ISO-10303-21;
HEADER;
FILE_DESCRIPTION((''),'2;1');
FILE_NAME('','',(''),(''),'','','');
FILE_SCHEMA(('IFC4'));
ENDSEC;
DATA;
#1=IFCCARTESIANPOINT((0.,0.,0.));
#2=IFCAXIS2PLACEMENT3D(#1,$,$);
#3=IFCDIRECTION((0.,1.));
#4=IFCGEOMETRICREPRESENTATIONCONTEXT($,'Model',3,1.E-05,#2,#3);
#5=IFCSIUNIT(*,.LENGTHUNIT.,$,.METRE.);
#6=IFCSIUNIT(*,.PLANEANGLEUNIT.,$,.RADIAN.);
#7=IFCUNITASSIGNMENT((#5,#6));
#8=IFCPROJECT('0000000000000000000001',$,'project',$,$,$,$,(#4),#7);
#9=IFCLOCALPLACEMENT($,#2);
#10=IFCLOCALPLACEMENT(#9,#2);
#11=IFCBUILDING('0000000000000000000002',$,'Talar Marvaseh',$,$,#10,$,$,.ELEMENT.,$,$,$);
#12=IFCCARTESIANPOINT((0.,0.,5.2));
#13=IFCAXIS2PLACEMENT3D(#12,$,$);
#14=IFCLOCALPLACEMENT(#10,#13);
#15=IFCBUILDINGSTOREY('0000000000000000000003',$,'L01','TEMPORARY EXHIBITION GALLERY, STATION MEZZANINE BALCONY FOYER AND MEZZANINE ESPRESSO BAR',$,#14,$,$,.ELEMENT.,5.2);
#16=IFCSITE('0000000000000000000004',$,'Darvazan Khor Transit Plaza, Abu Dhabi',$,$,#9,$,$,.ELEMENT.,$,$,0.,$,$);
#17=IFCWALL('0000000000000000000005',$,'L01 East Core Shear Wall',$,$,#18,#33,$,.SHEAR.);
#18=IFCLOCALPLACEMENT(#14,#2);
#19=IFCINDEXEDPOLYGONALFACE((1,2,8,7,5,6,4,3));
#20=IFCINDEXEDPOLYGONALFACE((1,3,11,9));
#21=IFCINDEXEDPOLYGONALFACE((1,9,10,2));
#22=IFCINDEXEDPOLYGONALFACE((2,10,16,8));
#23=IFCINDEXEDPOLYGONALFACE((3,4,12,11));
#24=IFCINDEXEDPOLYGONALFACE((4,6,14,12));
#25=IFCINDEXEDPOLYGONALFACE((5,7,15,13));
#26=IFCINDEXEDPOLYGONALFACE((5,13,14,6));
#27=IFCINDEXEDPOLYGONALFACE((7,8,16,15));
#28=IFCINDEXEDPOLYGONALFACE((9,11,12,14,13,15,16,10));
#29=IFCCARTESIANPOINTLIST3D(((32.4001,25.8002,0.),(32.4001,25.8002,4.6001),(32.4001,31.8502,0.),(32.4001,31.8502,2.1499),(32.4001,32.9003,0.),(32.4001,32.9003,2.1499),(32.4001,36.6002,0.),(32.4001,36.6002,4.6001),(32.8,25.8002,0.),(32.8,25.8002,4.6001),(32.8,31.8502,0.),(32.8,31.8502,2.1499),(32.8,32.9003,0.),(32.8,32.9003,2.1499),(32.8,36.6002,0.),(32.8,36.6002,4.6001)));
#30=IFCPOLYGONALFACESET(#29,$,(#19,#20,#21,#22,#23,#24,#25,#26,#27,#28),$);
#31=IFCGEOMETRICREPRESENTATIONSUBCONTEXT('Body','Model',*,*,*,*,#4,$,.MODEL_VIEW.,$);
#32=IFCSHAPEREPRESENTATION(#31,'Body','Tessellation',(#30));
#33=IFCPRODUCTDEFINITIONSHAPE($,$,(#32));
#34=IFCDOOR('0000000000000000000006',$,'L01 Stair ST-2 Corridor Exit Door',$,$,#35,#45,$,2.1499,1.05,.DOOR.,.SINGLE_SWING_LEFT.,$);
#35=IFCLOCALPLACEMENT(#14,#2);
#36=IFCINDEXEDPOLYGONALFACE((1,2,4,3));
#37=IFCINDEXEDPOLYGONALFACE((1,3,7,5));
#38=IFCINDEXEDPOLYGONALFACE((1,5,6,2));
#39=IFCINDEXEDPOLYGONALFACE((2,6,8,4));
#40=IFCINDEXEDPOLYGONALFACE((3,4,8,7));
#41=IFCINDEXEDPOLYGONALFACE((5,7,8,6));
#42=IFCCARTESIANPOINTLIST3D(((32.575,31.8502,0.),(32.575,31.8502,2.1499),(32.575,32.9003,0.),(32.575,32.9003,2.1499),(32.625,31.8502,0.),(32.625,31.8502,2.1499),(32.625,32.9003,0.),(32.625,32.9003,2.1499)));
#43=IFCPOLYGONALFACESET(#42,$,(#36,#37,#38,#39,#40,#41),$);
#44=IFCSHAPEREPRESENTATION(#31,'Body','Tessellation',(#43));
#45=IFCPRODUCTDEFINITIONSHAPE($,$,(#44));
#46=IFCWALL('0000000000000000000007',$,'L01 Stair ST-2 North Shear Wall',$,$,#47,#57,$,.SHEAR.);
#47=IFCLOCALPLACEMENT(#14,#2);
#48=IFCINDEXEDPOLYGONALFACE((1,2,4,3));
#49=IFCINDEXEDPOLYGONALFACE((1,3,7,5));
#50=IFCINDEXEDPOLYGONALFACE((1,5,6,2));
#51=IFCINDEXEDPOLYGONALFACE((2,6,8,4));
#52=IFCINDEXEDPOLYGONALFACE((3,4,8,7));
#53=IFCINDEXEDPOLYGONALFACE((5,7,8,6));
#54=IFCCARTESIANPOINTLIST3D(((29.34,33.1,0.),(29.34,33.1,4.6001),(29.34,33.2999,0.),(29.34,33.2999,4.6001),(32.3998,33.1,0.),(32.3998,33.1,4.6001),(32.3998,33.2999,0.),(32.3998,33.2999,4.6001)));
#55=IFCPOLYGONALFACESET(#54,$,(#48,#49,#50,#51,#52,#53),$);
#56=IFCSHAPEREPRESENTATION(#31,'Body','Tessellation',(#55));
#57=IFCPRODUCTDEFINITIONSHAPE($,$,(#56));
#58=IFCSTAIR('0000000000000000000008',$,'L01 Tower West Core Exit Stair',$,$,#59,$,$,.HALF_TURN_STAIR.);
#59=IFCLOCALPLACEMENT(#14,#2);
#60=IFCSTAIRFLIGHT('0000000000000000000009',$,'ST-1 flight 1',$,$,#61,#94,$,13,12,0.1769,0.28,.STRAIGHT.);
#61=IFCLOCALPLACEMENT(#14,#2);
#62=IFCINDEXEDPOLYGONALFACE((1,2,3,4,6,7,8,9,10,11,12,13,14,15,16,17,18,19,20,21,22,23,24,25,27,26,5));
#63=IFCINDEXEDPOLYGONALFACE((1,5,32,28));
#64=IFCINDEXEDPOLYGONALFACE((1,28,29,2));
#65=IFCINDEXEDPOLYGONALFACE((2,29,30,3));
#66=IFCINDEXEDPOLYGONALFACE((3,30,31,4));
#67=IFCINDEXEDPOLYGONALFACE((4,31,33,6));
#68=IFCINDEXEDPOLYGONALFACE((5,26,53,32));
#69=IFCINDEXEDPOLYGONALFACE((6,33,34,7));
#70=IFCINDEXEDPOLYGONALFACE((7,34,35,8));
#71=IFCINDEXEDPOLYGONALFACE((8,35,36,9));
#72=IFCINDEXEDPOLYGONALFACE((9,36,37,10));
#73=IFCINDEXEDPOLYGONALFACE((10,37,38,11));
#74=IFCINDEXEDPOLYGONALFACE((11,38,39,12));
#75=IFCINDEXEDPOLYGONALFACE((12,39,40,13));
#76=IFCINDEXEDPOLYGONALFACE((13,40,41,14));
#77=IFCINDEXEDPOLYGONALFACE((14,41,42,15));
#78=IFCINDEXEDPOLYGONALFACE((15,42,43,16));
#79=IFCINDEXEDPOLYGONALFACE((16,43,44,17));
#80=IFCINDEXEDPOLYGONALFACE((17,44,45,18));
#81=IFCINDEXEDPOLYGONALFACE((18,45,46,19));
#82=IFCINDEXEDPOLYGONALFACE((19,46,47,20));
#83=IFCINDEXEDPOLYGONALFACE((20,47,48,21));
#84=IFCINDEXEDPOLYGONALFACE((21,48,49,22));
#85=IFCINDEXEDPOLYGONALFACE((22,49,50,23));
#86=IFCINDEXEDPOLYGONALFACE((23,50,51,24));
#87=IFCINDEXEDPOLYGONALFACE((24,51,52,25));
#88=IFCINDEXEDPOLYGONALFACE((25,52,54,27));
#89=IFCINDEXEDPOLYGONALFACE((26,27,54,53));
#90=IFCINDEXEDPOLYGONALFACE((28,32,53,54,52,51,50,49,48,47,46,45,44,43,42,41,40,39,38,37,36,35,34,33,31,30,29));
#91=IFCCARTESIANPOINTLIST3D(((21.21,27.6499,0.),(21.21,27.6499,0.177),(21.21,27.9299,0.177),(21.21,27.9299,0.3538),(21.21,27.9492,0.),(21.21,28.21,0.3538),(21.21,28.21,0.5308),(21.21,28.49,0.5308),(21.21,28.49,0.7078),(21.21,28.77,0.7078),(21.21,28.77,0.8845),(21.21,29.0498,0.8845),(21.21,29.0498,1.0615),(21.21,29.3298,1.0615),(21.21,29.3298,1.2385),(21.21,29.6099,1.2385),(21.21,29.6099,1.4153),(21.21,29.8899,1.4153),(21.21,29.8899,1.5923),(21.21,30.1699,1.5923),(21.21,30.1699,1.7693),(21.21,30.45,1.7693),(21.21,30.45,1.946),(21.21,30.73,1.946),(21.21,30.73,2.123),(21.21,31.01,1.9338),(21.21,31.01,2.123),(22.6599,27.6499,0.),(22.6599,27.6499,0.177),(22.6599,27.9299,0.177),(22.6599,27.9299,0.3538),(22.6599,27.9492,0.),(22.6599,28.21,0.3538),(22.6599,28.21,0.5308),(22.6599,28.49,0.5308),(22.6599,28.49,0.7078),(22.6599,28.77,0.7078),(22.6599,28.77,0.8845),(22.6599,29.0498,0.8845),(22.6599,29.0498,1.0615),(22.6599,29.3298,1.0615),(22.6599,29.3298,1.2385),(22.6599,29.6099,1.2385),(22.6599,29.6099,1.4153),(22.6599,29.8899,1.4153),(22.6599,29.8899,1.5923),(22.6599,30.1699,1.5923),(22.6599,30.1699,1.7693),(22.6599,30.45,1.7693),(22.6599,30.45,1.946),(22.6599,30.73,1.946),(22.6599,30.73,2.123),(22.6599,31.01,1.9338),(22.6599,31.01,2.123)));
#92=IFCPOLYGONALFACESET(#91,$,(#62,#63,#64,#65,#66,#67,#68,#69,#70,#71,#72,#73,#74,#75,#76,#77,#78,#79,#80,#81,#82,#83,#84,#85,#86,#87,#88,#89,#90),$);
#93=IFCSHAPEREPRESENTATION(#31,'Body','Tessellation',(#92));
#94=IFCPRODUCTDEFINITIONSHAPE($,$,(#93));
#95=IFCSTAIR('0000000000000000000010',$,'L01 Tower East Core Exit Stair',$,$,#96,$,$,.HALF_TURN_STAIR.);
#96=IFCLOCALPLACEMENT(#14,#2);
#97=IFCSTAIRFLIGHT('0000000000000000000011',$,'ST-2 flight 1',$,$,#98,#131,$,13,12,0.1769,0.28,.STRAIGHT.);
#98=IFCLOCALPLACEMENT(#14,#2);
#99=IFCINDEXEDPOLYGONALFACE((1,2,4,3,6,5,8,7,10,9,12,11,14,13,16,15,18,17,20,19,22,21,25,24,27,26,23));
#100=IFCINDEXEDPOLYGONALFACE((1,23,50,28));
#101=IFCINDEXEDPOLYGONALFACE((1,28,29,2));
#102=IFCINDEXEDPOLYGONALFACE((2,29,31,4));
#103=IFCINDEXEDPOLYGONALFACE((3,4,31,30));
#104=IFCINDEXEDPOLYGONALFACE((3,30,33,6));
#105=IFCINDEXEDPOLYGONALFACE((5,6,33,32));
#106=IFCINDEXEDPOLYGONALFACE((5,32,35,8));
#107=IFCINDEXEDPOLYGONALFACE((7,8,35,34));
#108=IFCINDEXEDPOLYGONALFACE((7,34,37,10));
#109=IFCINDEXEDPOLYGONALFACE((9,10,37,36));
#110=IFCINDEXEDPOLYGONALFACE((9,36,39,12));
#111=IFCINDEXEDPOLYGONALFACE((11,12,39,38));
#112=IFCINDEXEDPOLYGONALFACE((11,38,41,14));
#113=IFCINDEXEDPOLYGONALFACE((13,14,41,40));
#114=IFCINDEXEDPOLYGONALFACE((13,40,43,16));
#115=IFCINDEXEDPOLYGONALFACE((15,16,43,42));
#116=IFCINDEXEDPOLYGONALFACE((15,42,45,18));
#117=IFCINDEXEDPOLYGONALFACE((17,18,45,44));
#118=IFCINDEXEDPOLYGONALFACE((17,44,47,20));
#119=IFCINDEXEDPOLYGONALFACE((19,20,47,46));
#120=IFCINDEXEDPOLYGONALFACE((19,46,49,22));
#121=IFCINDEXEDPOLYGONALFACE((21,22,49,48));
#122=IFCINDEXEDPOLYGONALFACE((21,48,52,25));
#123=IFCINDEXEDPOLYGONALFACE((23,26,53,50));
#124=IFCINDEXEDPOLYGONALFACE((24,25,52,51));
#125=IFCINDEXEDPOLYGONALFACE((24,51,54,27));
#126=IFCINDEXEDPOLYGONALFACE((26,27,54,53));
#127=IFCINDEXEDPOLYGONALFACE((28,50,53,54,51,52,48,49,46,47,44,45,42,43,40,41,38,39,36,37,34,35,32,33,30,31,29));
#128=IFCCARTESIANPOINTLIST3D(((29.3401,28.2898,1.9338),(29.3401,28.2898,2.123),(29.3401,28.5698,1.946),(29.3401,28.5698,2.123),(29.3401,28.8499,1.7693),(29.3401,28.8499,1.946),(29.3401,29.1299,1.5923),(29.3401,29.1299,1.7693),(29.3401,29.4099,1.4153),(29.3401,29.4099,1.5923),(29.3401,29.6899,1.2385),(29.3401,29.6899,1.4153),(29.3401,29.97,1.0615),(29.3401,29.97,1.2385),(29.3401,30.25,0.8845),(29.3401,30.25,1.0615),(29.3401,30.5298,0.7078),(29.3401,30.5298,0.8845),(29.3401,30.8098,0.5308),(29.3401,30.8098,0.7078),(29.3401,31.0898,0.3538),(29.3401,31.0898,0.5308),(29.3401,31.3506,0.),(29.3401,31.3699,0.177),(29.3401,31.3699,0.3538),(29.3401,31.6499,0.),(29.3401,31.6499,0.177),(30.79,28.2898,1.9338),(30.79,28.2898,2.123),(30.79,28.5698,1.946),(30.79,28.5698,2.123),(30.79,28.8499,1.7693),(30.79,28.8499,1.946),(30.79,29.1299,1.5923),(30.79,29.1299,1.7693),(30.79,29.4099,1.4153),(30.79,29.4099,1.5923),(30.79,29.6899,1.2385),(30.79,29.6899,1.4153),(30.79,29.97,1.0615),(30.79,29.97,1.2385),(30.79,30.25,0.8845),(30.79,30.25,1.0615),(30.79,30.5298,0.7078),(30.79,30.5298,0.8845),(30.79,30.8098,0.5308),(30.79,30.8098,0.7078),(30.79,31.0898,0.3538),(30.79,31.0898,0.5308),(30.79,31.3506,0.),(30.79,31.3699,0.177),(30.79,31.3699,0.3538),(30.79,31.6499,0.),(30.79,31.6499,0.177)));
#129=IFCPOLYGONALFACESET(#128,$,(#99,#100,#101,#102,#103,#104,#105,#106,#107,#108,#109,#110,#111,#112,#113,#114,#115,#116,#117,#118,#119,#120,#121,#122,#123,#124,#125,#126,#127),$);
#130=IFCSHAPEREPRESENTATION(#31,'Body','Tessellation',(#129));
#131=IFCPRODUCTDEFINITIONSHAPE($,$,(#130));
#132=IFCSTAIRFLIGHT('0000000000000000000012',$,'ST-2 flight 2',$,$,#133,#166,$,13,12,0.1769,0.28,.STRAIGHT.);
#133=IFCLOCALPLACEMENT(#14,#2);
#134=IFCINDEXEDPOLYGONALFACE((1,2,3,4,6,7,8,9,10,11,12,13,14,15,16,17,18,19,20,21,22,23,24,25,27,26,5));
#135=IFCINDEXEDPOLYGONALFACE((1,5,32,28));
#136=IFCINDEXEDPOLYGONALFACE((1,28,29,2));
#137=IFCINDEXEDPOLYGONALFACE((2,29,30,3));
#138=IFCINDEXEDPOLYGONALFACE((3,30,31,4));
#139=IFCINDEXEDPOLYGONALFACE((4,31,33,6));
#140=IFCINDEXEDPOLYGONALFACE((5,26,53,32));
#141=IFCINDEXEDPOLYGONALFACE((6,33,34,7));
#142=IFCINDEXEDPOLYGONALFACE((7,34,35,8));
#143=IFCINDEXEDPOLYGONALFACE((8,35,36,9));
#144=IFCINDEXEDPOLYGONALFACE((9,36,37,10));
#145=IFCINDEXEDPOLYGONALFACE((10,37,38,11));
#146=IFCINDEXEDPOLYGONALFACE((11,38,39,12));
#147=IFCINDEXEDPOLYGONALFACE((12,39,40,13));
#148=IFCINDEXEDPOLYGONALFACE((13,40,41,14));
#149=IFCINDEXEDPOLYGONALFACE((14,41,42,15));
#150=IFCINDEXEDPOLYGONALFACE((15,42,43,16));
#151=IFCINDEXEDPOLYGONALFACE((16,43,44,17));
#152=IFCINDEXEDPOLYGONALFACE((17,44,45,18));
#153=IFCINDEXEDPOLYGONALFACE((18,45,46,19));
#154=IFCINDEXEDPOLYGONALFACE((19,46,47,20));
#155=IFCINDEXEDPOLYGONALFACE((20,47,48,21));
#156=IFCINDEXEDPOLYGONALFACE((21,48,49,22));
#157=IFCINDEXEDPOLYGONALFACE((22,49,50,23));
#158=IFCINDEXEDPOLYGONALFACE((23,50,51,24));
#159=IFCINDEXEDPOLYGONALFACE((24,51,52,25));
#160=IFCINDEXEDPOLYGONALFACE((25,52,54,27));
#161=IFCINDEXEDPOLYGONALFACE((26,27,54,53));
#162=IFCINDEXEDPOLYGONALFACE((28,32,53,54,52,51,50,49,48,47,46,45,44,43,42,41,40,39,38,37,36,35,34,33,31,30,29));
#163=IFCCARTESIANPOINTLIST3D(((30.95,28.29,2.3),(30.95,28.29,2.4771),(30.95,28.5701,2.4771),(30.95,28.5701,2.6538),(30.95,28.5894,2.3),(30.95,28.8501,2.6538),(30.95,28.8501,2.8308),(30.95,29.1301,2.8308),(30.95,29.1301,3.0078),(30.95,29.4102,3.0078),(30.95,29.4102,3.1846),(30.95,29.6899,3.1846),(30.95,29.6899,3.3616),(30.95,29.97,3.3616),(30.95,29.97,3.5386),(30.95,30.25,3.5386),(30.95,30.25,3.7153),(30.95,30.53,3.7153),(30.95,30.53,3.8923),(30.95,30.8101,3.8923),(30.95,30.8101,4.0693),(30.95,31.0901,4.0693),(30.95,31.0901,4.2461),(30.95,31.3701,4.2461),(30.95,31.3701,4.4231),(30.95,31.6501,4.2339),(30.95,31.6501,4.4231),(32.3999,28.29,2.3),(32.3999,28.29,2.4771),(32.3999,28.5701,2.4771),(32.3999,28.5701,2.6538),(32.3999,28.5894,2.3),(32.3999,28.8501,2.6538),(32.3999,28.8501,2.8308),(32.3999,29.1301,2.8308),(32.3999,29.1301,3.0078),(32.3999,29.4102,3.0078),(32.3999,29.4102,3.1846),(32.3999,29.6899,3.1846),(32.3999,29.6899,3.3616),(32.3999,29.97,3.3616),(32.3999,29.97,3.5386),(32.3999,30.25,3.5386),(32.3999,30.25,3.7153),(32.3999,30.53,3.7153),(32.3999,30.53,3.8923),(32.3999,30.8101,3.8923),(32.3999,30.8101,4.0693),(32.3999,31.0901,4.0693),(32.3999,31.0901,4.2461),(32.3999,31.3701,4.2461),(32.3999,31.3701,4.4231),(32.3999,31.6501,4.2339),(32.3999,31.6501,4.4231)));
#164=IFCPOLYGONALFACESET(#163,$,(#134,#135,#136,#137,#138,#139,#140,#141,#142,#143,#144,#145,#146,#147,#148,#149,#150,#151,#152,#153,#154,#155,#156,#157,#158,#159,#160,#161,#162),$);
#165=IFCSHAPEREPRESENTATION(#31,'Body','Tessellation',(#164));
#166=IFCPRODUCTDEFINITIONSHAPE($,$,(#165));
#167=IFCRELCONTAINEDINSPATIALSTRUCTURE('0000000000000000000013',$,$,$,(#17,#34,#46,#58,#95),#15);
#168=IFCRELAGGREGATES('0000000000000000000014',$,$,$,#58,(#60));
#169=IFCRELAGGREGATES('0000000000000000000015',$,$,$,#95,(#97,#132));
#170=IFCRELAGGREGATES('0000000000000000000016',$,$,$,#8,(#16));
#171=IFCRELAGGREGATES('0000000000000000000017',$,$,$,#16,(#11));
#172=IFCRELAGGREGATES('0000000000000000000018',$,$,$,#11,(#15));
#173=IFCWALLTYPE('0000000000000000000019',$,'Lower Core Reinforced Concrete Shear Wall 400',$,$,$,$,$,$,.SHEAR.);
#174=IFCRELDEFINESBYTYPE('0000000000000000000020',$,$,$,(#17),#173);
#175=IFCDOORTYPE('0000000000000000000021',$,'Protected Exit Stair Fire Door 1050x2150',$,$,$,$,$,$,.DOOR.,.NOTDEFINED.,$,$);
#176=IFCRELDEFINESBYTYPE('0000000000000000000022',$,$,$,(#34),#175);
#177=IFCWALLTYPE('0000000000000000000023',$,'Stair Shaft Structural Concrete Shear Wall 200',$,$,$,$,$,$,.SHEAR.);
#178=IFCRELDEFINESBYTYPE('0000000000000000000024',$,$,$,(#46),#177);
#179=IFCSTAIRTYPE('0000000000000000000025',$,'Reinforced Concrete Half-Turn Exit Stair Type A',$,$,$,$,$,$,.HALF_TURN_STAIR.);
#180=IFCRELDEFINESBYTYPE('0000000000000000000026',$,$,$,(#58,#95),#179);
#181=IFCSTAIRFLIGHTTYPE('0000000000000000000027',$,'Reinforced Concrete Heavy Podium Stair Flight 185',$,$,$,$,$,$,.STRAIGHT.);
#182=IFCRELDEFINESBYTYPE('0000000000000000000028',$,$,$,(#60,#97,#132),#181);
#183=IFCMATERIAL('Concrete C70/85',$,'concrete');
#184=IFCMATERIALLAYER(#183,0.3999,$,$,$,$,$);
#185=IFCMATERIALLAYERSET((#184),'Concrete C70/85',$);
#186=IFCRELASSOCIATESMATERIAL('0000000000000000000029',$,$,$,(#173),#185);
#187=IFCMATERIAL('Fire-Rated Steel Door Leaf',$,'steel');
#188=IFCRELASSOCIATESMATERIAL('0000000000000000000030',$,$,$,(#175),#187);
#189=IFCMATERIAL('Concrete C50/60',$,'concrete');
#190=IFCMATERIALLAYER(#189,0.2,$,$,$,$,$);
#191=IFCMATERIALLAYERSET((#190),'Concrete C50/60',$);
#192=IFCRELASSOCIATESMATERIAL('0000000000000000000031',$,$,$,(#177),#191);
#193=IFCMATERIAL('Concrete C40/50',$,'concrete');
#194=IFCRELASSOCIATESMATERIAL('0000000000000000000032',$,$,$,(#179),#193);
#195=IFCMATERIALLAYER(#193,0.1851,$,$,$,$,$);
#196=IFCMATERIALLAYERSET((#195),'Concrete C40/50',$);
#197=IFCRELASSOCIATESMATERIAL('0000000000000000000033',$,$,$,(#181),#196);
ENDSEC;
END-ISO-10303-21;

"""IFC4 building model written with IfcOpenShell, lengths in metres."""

from ifc_helpers import new_model, si_unit, direction, frame, frame_2d, origin, place, context, subcontext, project, spatial, polyline, rectangle, outline, extrude, source, transform, mapped, material, layer, layer_set, type_object, type_shapes, element, fill, aggregate, save


model = new_model("IFC4")

# Units and contexts
model_context = context("Model", 3, precision=1e-05, world=origin(), true_north=direction((0.0, 1.0)))
body_context = subcontext(model_context, "Body", "Model", "MODEL_VIEW")
ifc_project = project(units=[si_unit("LENGTHUNIT", "METRE"), si_unit("PLANEANGLEUNIT", "RADIAN")], contexts=[model_context])

# Site, building, storey
site_placement = place(None, origin())
site = spatial("IfcSite", under=ifc_project, at=site_placement, Name="Darvazan Khor Transit Plaza, Abu Dhabi", CompositionType="ELEMENT", RefElevation=0.0)
building_placement = place(site_placement, origin())
building = spatial("IfcBuilding", under=site, at=building_placement, Name="Talar Marvaseh", CompositionType="ELEMENT")
storey_placement = place(building_placement, frame((0.0, 0.0, 5.2)))
storey = spatial("IfcBuildingStorey", under=building, at=storey_placement, Name="L01", Description="TEMPORARY EXHIBITION GALLERY, STATION MEZZANINE BALCONY FOYER AND MEZZANINE ESPRESSO BAR", CompositionType="ELEMENT", Elevation=5.2)

# Shared definitions
ifc_material_1 = material(Name="Concrete C70/85", Category="concrete")

# Shared definitions
ifc_material_2 = material(Name="Concrete C40/50", Category="concrete")

# Shared definitions
ifc_material_3 = material(Name="Fire-Rated Steel Door Leaf", Category="steel")

# Wall, opening, door
ifc_layer_1 = layer(ifc_material_1, 0.3999)
ifc_layer_set_1 = layer_set([ifc_layer_1], Name="Concrete C70/85")
wall_type_1 = type_object("IfcWallType", Name="Lower Core Reinforced Concrete Shear Wall 400", PredefinedType="SHEAR", material=ifc_layer_set_1)
wall_1_placement = place(storey_placement, frame((32.6001, 36.6001, 0.0), z_axis=(0.0, 0.0, 1.0), x_axis=(0.0, -1.0, 0.0)))
wall_1 = element("IfcWall", 1, at=wall_1_placement, inside=storey, type_object=wall_type_1, Name="L01 East Core Shear Wall", PredefinedType="SHEAR", context=body_context, shape_type="SweptSolid", body=[
    extrude(rectangle(XDim=10.8, YDim=0.3999, at=frame_2d((5.3999, 0.0))), origin(), (0.0, 0.0, 1.0), 4.6001),
])
opening_1_placement = place(wall_1_placement, frame((3.7, 0.0, 0.0)))
opening_1 = element("IfcOpeningElement", 2, at=opening_1_placement, cuts=wall_1, PredefinedType="OPENING", context=body_context, shape_type="SweptSolid", body=[
    extrude(rectangle(XDim=1.05, YDim=2.1499, at=frame_2d((0.5249, 1.075))), frame((0.0, 0.21, 0.0), z_axis=(0.0, -1.0, 0.0), x_axis=(1.0, 0.0, 0.0)), (0.0, 0.0, 1.0), 0.4199),
])
door_type_1 = type_object("IfcDoorType", Name="Protected Exit Stair Fire Door 1050x2150", OperationType="NOTDEFINED", PredefinedType="DOOR", material=ifc_material_3)
shared_shape_1 = source(origin(), body_context, "Body", "SweptSolid", [
    extrude(rectangle(XDim=1.05, YDim=2.1499, at=frame_2d((0.5249, 1.075))), frame((0.0, 0.0249, 0.0), z_axis=(0.0, -1.0, 0.0), x_axis=(1.0, 0.0, 0.0)), (0.0, 0.0, 1.0), 0.05),
])
type_shapes(door_type_1, [shared_shape_1])
door_1_placement = place(opening_1_placement, origin())
door_1 = element("IfcDoor", 3, at=door_1_placement, inside=storey, type_object=door_type_1, Name="L01 Stair ST-2 Corridor Exit Door", OperationType="SINGLE_SWING_LEFT", OverallHeight=2.1499, OverallWidth=1.05, PredefinedType="DOOR", context=body_context, shape_type="MappedRepresentation", body=[
    mapped(shared_shape_1, transform((0.0, 0.0, 0.0), x_axis=(1.0, 0.0, 0.0), y_axis=(0.0, 1.0, 0.0), z_axis=(0.0, 0.0, 1.0), scale=1.0)),
])
fill(opening_1, door_1)

# Wall
ifc_material_4 = material(Name="Concrete C50/60", Category="concrete")
ifc_layer_2 = layer(ifc_material_4, 0.2)
ifc_layer_set_2 = layer_set([ifc_layer_2], Name="Concrete C50/60")
wall_type_2 = type_object("IfcWallType", Name="Stair Shaft Structural Concrete Shear Wall 200", PredefinedType="SHEAR", material=ifc_layer_set_2)
wall_2_placement = place(storey_placement, frame((29.3401, 33.2, 0.0), z_axis=(0.0, 0.0, 1.0), x_axis=(1.0, 0.0, 0.0)))
element("IfcWall", 4, at=wall_2_placement, inside=storey, type_object=wall_type_2, Name="L01 Stair ST-2 North Shear Wall", PredefinedType="SHEAR", context=body_context, shape_type="SweptSolid", body=[
    extrude(rectangle(XDim=3.0598, YDim=0.2, at=frame_2d((1.5298, 0.0))), origin(), (0.0, 0.0, 1.0), 4.6001),
])

# Stair, stair flight
stair_type = type_object("IfcStairType", Name="Reinforced Concrete Half-Turn Exit Stair Type A", PredefinedType="HALF_TURN_STAIR", material=ifc_material_2)
stair_1_placement = place(storey_placement, origin())
stair_1 = element("IfcStair", 5, at=stair_1_placement, inside=storey, type_object=stair_type, Name="L01 Tower West Core Exit Stair", PredefinedType="HALF_TURN_STAIR")
ifc_layer_3 = layer(ifc_material_2, 0.1851)
ifc_layer_set_3 = layer_set([ifc_layer_3], Name="Concrete C40/50")
stair_flight_type = type_object("IfcStairFlightType", Name="Reinforced Concrete Heavy Podium Stair Flight 185", PredefinedType="STRAIGHT", material=ifc_layer_set_3)
stair_flight_1_placement = place(storey_placement, frame((21.9351, 27.6499, 0.0), z_axis=(0.0, 0.0, 1.0), x_axis=(0.0, 1.0, 0.0)))
stair_flight_1 = element("IfcStairFlight", 6, at=stair_flight_1_placement, type_object=stair_flight_type, Name="ST-1 flight 1", NumberOfRisers=13, NumberOfTreads=12, PredefinedType="STRAIGHT", RiserHeight=0.1769, TreadLength=0.28, context=body_context, shape_type="SweptSolid", body=[
    extrude(outline(polyline([(0.0, 0.0), (0.0, 0.177), (0.28, 0.177), (0.28, 0.3538), (0.5601, 0.3538), (0.5601, 0.5308), (0.8401, 0.5308), (0.8401, 0.7078), (1.1201, 0.7078), (1.1201, 0.8845), (1.3999, 0.8845), (1.3999, 1.0615), (1.6799, 1.0615), (1.6799, 1.2385), (1.96, 1.2385), (1.96, 1.4153), (2.24, 1.4153), (2.24, 1.5923), (2.52, 1.5923), (2.52, 1.7693), (2.8, 1.7693), (2.8, 1.946), (3.0801, 1.946), (3.0801, 2.123), (3.3601, 2.123), (3.3601, 2.3), (3.3601, 1.9338), (0.2993, 0.0), (0.0, 0.0)])), frame((0.0, 0.7251, 0.0), z_axis=(0.0, -1.0, 0.0), x_axis=(1.0, 0.0, 0.0)), (0.0, 0.0, 1.0), 1.45),
])
aggregate(stair_1, [stair_flight_1])

# Stair, stair flights
stair_2_placement = place(storey_placement, origin())
stair_2 = element("IfcStair", 7, at=stair_2_placement, inside=storey, type_object=stair_type, Name="L01 Tower East Core Exit Stair", PredefinedType="HALF_TURN_STAIR")
stair_flight_2_placement = place(storey_placement, frame((30.0649, 31.6499, 0.0), z_axis=(0.0, 0.0, 1.0), x_axis=(0.0, -1.0, 0.0)))
stair_flight_2 = element("IfcStairFlight", 8, at=stair_flight_2_placement, type_object=stair_flight_type, Name="ST-2 flight 1", NumberOfRisers=13, NumberOfTreads=12, PredefinedType="STRAIGHT", RiserHeight=0.1769, TreadLength=0.28, context=body_context, shape_type="SweptSolid", body=[
    extrude(outline(polyline([(0.0, 0.0), (0.0, 0.177), (0.28, 0.177), (0.28, 0.3538), (0.5601, 0.3538), (0.5601, 0.5308), (0.8401, 0.5308), (0.8401, 0.7078), (1.1201, 0.7078), (1.1201, 0.8845), (1.3999, 0.8845), (1.3999, 1.0615), (1.6799, 1.0615), (1.6799, 1.2385), (1.96, 1.2385), (1.96, 1.4153), (2.24, 1.4153), (2.24, 1.5923), (2.52, 1.5923), (2.52, 1.7693), (2.8, 1.7693), (2.8, 1.946), (3.0801, 1.946), (3.0801, 2.123), (3.3601, 2.123), (3.3601, 2.3), (3.3601, 1.9338), (0.2993, 0.0), (0.0, 0.0)])), frame((0.0, 0.7251, 0.0), z_axis=(0.0, -1.0, 0.0), x_axis=(1.0, 0.0, 0.0)), (0.0, 0.0, 1.0), 1.45),
])
stair_flight_3_placement = place(storey_placement, frame((31.675, 28.29, 2.3), z_axis=(0.0, 0.0, 1.0), x_axis=(0.0, 1.0, 0.0)))
stair_flight_3 = element("IfcStairFlight", 9, at=stair_flight_3_placement, type_object=stair_flight_type, Name="ST-2 flight 2", NumberOfRisers=13, NumberOfTreads=12, PredefinedType="STRAIGHT", RiserHeight=0.1769, TreadLength=0.28, context=body_context, shape_type="SweptSolid", body=[
    extrude(outline(polyline([(0.0, 0.0), (0.0, 0.177), (0.28, 0.177), (0.28, 0.3538), (0.5601, 0.3538), (0.5601, 0.5308), (0.8401, 0.5308), (0.8401, 0.7078), (1.1201, 0.7078), (1.1201, 0.8845), (1.3999, 0.8845), (1.3999, 1.0615), (1.6799, 1.0615), (1.6799, 1.2385), (1.96, 1.2385), (1.96, 1.4153), (2.24, 1.4153), (2.24, 1.5923), (2.52, 1.5923), (2.52, 1.7693), (2.8, 1.7693), (2.8, 1.946), (3.0801, 1.946), (3.0801, 2.123), (3.3601, 2.123), (3.3601, 2.3), (3.3601, 1.9338), (0.2993, 0.0), (0.0, 0.0)])), frame((0.0, 0.7251, 0.0), z_axis=(0.0, -1.0, 0.0), x_axis=(1.0, 0.0, 0.0)), (0.0, 0.0, 1.0), 1.45),
])
aggregate(stair_2, [stair_flight_2, stair_flight_3])

save(model, "model.ifc")
